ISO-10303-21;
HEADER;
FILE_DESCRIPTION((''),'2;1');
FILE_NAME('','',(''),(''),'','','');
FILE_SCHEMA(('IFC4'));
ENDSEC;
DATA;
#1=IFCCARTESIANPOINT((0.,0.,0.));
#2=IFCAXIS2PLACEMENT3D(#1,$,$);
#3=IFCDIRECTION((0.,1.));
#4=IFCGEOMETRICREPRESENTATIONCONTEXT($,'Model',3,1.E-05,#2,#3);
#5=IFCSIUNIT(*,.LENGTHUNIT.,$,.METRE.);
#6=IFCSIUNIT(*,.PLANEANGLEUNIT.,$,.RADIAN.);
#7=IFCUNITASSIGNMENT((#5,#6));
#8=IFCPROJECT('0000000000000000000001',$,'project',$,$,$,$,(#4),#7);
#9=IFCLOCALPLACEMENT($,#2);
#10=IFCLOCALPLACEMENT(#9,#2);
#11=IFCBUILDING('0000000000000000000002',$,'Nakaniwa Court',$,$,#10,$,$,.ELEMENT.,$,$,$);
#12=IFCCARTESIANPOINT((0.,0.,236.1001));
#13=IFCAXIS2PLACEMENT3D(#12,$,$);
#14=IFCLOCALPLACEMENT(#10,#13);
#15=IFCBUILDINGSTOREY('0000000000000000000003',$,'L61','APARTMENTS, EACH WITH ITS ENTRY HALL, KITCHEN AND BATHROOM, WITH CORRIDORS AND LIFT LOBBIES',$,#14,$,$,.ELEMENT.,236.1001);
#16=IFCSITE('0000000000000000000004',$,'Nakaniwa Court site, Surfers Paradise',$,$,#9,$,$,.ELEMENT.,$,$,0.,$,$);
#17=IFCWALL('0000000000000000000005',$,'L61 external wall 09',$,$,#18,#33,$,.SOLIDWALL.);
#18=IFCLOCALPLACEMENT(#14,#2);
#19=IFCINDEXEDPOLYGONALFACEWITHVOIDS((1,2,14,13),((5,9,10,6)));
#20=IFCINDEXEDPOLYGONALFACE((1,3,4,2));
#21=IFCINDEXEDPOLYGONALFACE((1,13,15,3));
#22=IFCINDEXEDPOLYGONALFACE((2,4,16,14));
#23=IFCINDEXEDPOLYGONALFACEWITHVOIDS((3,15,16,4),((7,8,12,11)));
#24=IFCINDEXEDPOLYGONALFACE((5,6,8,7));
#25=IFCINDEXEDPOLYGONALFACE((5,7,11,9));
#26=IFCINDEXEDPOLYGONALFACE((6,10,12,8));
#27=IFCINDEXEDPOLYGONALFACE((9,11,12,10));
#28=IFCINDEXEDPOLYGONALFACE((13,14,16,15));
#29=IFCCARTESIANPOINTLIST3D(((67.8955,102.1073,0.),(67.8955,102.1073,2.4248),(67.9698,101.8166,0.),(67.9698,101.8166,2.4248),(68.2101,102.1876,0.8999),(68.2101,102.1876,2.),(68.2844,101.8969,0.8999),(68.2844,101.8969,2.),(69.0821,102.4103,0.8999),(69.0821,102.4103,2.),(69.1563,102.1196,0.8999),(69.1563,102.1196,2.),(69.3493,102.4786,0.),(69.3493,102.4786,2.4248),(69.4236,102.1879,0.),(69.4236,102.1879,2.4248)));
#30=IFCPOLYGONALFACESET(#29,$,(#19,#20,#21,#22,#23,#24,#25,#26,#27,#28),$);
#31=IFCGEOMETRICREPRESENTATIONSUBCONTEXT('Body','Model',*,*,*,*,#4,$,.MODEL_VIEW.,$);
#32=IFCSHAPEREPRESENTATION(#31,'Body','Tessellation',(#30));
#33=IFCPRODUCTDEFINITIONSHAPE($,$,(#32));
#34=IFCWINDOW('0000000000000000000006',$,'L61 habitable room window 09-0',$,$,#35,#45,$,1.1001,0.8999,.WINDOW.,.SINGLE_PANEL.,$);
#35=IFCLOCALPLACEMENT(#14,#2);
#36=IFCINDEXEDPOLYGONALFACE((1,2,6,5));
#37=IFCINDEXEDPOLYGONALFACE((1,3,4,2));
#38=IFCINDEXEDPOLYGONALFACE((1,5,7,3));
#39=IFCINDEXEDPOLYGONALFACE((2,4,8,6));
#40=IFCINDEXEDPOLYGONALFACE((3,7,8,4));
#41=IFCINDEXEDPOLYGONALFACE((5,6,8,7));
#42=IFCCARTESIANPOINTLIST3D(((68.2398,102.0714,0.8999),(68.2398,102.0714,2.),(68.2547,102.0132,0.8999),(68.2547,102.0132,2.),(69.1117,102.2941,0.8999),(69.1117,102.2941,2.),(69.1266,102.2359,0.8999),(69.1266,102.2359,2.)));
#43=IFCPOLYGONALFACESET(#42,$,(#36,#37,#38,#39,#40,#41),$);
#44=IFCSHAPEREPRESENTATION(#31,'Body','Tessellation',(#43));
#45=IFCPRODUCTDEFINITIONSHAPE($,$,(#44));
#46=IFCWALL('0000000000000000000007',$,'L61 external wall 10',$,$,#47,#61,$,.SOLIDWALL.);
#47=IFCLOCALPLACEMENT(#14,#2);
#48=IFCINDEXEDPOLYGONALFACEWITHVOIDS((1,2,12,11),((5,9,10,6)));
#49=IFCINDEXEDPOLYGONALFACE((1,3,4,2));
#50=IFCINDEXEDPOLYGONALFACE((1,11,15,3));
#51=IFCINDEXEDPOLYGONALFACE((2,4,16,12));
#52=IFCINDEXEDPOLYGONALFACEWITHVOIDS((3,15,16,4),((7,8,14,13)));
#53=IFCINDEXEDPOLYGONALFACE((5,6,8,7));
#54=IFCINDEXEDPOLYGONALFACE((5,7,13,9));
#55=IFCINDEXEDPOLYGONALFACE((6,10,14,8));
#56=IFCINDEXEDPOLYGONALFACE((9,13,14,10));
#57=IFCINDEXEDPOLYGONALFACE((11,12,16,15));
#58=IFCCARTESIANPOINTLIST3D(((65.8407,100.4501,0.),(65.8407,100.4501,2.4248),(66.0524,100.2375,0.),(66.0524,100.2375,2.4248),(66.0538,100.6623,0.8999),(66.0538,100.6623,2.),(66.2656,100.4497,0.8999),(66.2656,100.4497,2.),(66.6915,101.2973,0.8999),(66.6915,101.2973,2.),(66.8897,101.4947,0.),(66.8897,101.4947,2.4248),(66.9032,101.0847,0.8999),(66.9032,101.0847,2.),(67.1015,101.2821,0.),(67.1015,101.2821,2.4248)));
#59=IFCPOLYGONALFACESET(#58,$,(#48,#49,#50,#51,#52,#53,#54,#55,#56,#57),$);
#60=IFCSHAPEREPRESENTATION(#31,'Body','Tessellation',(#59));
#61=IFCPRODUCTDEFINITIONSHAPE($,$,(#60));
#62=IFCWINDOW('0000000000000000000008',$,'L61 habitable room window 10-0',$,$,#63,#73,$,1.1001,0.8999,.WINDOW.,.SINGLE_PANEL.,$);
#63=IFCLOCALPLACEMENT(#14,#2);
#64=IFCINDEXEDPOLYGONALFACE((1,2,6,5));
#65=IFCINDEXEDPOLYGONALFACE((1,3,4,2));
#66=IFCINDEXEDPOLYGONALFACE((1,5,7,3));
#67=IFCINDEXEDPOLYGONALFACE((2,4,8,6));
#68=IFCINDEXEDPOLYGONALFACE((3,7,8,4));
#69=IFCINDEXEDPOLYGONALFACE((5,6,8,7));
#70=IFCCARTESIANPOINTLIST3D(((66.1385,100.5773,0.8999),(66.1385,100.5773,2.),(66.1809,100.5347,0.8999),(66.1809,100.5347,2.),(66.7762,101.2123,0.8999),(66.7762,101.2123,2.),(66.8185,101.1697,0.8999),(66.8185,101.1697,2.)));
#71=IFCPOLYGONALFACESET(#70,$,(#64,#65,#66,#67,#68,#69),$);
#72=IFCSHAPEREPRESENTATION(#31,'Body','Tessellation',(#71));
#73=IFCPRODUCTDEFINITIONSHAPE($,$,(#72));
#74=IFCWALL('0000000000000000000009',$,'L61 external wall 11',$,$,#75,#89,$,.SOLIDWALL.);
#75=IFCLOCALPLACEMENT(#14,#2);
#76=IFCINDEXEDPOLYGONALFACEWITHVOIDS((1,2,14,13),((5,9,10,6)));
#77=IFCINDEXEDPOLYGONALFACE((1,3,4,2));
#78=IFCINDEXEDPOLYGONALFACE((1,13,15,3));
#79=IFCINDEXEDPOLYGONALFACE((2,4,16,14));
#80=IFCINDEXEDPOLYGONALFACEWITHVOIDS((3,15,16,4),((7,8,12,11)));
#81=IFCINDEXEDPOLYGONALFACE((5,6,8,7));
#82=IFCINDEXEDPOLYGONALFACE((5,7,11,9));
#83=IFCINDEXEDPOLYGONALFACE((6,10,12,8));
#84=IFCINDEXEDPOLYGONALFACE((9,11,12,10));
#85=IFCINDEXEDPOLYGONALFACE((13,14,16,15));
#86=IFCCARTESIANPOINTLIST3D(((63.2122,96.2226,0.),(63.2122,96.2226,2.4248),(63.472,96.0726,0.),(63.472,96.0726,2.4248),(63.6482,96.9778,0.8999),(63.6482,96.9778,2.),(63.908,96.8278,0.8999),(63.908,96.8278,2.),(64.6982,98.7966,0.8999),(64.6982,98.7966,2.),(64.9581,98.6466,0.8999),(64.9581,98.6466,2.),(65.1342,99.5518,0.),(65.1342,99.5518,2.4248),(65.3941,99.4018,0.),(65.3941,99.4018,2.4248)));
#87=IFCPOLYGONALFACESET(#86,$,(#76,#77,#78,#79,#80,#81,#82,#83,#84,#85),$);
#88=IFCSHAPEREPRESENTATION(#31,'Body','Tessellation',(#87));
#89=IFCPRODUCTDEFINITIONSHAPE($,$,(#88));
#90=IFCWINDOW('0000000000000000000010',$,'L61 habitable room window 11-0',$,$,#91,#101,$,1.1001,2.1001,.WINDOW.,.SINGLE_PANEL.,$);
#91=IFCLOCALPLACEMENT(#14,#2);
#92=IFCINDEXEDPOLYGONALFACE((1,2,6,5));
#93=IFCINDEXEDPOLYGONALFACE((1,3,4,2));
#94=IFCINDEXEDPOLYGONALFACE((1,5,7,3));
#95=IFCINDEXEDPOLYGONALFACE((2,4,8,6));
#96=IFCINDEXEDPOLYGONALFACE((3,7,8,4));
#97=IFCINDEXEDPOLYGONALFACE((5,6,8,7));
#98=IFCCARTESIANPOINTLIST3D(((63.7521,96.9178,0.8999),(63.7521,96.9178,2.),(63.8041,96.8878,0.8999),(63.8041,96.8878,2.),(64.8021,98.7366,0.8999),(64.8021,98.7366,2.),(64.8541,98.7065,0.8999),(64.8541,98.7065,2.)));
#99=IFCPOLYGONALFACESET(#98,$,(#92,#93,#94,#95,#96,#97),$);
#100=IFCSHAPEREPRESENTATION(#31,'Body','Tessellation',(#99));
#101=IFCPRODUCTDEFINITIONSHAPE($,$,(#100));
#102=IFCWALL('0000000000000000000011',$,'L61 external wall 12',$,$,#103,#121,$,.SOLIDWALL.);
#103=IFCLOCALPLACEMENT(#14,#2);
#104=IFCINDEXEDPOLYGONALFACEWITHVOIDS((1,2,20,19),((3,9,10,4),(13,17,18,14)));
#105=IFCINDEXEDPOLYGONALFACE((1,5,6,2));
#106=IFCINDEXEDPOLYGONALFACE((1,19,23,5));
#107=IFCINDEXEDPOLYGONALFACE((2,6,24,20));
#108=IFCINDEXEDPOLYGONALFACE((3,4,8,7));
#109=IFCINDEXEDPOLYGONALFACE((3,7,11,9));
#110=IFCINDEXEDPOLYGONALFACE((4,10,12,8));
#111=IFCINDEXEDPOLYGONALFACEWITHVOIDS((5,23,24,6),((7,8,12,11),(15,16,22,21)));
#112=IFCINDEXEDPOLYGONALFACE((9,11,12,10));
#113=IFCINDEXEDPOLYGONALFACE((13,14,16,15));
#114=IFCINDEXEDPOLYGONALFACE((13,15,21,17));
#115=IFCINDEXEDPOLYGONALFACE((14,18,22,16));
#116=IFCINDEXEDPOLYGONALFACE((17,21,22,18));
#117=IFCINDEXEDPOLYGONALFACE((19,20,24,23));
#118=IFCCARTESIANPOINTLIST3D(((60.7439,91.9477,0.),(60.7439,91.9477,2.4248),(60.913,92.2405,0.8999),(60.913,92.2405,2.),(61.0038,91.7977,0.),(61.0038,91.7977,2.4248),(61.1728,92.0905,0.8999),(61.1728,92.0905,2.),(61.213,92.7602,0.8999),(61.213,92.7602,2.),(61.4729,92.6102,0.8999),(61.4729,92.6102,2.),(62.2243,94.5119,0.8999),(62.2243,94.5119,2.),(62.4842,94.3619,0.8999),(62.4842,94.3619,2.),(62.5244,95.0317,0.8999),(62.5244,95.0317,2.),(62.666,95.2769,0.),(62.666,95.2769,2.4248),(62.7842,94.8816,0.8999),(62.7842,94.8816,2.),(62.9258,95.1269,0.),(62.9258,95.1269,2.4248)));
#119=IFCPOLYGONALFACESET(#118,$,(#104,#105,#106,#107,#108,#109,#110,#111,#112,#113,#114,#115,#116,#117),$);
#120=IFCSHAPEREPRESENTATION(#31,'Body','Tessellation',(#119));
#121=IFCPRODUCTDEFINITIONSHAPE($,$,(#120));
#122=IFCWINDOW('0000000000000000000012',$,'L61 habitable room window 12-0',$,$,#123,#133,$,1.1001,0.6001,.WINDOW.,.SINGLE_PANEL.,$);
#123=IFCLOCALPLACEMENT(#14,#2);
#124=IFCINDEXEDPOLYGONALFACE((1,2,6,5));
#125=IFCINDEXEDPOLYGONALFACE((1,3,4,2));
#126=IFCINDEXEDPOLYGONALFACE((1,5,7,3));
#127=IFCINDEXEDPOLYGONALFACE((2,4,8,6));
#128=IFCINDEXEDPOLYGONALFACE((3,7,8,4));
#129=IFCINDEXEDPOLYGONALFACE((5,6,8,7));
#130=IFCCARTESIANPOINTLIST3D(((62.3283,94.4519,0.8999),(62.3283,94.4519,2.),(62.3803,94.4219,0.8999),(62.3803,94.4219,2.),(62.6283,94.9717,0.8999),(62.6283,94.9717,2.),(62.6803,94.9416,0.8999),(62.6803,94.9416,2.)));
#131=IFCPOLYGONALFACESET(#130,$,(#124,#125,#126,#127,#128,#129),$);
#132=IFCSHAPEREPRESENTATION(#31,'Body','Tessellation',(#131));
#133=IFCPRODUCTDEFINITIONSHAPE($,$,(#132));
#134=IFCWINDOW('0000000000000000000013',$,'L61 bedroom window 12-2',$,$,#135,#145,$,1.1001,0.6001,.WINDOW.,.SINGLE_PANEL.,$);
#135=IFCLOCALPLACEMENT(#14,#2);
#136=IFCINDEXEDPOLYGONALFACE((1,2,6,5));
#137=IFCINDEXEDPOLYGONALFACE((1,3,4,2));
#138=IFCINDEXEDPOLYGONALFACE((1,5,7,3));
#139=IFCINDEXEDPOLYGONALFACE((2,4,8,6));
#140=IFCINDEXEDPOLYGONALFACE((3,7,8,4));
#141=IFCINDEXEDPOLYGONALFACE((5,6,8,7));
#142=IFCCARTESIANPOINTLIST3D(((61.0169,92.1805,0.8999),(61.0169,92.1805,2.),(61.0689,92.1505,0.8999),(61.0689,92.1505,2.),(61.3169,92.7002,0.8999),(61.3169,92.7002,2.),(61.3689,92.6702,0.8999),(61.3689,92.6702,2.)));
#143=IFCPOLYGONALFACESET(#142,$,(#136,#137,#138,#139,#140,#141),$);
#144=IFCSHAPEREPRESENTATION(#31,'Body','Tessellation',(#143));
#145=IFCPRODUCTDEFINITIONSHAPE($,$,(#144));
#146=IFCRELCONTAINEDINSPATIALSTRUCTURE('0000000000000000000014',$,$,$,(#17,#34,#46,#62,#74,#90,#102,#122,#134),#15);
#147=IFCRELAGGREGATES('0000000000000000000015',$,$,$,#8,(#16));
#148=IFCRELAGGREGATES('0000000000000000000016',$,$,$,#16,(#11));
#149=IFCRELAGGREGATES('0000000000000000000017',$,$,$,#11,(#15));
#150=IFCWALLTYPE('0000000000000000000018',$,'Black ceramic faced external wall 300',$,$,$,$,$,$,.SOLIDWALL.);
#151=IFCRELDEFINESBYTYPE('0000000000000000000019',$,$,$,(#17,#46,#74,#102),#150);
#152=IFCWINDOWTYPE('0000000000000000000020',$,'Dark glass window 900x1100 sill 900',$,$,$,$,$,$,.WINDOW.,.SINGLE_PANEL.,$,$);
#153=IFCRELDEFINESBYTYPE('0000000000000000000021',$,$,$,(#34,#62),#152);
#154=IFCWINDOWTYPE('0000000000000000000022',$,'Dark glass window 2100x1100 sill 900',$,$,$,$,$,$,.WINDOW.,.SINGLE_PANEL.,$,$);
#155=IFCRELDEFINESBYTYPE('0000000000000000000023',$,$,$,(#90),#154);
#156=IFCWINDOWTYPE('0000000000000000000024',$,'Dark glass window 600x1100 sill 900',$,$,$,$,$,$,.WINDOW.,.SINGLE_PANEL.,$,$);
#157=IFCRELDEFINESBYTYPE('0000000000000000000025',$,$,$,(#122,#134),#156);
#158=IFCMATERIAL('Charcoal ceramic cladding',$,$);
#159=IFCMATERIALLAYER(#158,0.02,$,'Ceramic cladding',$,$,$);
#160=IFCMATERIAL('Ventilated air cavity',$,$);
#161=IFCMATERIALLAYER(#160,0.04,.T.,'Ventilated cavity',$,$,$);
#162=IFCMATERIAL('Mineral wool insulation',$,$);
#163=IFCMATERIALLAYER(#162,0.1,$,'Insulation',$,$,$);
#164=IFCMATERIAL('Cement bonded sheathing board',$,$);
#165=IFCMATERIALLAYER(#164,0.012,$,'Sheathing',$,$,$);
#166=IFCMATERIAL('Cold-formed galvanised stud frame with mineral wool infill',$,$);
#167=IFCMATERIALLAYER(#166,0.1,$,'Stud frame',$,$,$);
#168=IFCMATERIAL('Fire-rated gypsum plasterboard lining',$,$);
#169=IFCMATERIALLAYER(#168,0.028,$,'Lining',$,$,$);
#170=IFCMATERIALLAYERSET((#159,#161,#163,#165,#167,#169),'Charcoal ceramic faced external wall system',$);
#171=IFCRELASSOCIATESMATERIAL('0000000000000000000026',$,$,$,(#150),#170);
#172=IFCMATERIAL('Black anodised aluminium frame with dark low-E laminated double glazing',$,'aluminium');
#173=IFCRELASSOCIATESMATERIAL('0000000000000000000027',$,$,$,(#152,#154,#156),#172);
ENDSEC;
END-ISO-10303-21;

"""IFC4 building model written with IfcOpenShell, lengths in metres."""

from ifc_helpers import new_model, si_unit, direction, frame, frame_2d, origin, place, context, subcontext, project, spatial, rectangle, extrude, material, layer, layer_set, type_object, element, fill, save


model = new_model("IFC4")

# Units and contexts
model_context = context("Model", 3, precision=1e-05, world=origin(), true_north=direction((0.0, 1.0)))
body_context = subcontext(model_context, "Body", "Model", "MODEL_VIEW")
ifc_project = project(units=[si_unit("LENGTHUNIT", "METRE"), si_unit("PLANEANGLEUNIT", "RADIAN")], contexts=[model_context])

# Site, building, storey
site_placement = place(None, origin())
site = spatial("IfcSite", under=ifc_project, at=site_placement, Name="Nakaniwa Court site, Surfers Paradise", CompositionType="ELEMENT", RefElevation=0.0)
building_placement = place(site_placement, origin())
building = spatial("IfcBuilding", under=site, at=building_placement, Name="Nakaniwa Court", CompositionType="ELEMENT")
storey_placement = place(building_placement, frame((0.0, 0.0, 236.1001)))
storey = spatial("IfcBuildingStorey", under=building, at=storey_placement, Name="L61", Description="APARTMENTS, EACH WITH ITS ENTRY HALL, KITCHEN AND BATHROOM, WITH CORRIDORS AND LIFT LOBBIES", CompositionType="ELEMENT", Elevation=236.1001)

# Walls, openings, windows
ifc_material_1 = material(Name="Charcoal ceramic cladding")
ifc_layer_1 = layer(ifc_material_1, 0.02, Name="Ceramic cladding")
ifc_material_2 = material(Name="Ventilated air cavity")
ifc_layer_2 = layer(ifc_material_2, 0.04, ventilated=True, Name="Ventilated cavity")
ifc_material_3 = material(Name="Mineral wool insulation")
ifc_layer_3 = layer(ifc_material_3, 0.1, Name="Insulation")
ifc_material_4 = material(Name="Cement bonded sheathing board")
ifc_layer_4 = layer(ifc_material_4, 0.012, Name="Sheathing")
ifc_material_5 = material(Name="Cold-formed galvanised stud frame with mineral wool infill")
ifc_layer_5 = layer(ifc_material_5, 0.1, Name="Stud frame")
ifc_material_6 = material(Name="Fire-rated gypsum plasterboard lining")
ifc_layer_6 = layer(ifc_material_6, 0.028, Name="Lining")
ifc_layer_set_1 = layer_set([ifc_layer_1, ifc_layer_2, ifc_layer_3, ifc_layer_4, ifc_layer_5, ifc_layer_6], Name="Charcoal ceramic faced external wall system")
wall_type_1 = type_object("IfcWallType", Name="Black ceramic faced external wall 300", PredefinedType="SOLIDWALL", material=ifc_layer_set_1)
wall_1_placement = place(storey_placement, frame((69.3865, 102.3333, 0.0), z_axis=(0.0, 0.0, 1.0), x_axis=(-0.968895, -0.247471, 0.0)))
wall_1 = element("IfcWall", 1, at=wall_1_placement, inside=storey, type_object=wall_type_1, Name="L61 external wall 09", PredefinedType="SOLIDWALL", context=body_context, shape_type="SweptSolid", body=[
    extrude(rectangle(XDim=1.5005, YDim=0.3, at=frame_2d((0.7502, 0.0))), origin(), (0.0, 0.0, 1.0), 2.4248),
])
opening_1_placement = place(wall_1_placement, frame((0.2759, 0.0, 0.8999)))
opening_1 = element("IfcOpeningElement", 2, at=opening_1_placement, cuts=wall_1, PredefinedType="OPENING", context=body_context, shape_type="SweptSolid", body=[
    extrude(rectangle(XDim=0.8999, YDim=1.1001, at=frame_2d((0.45, 0.55))), frame((0.0, 0.1599, 0.0), z_axis=(0.0, -1.0, 0.0), x_axis=(1.0, 0.0, 0.0)), (0.0, 0.0, 1.0), 0.3201),
])
ifc_material_7 = material(Name="Black anodised aluminium frame with dark low-E laminated double glazing", Category="aluminium")
window_type_1 = type_object("IfcWindowType", Name="Dark glass window 900x1100 sill 900", PartitioningType="SINGLE_PANEL", PredefinedType="WINDOW", material=ifc_material_7)
window_1_placement = place(opening_1_placement, origin())
window_1 = element("IfcWindow", 3, at=window_1_placement, inside=storey, type_object=window_type_1, Name="L61 habitable room window 09-0", OverallHeight=1.1001, OverallWidth=0.8999, PartitioningType="SINGLE_PANEL", PredefinedType="WINDOW", context=body_context, shape_type="SweptSolid", body=[
    extrude(rectangle(XDim=0.8999, YDim=1.1001, at=frame_2d((0.45, 0.55))), frame((0.0, 0.03, 0.0), z_axis=(0.0, -1.0, 0.0), x_axis=(1.0, 0.0, 0.0)), (0.0, 0.0, 1.0), 0.0601),
])
fill(opening_1, window_1)
wall_2_placement = place(storey_placement, frame((66.9956, 101.3884, 0.0), z_axis=(0.0, 0.0, 1.0), x_axis=(-0.708589, -0.705621, 0.0)))
wall_2 = element("IfcWall", 4, at=wall_2_placement, inside=storey, type_object=wall_type_1, Name="L61 external wall 10", PredefinedType="SOLIDWALL", context=body_context, shape_type="SweptSolid", body=[
    extrude(rectangle(XDim=1.4805, YDim=0.3, at=frame_2d((0.7402, 0.0))), origin(), (0.0, 0.0, 1.0), 2.4248),
])
opening_2_placement = place(wall_2_placement, frame((0.2798, 0.0, 0.8999)))
opening_2 = element("IfcOpeningElement", 5, at=opening_2_placement, cuts=wall_2, PredefinedType="OPENING", context=body_context, shape_type="SweptSolid", body=[
    extrude(rectangle(XDim=0.8999, YDim=1.1001, at=frame_2d((0.45, 0.55))), frame((0.0, 0.1599, 0.0), z_axis=(0.0, -1.0, 0.0), x_axis=(1.0, 0.0, 0.0)), (0.0, 0.0, 1.0), 0.3201),
])
window_2_placement = place(opening_2_placement, origin())
window_2 = element("IfcWindow", 6, at=window_2_placement, inside=storey, type_object=window_type_1, Name="L61 habitable room window 10-0", OverallHeight=1.1001, OverallWidth=0.8999, PartitioningType="SINGLE_PANEL", PredefinedType="WINDOW", context=body_context, shape_type="SweptSolid", body=[
    extrude(rectangle(XDim=0.8999, YDim=1.1001, at=frame_2d((0.45, 0.55))), frame((0.0, 0.03, 0.0), z_axis=(0.0, -1.0, 0.0), x_axis=(1.0, 0.0, 0.0)), (0.0, 0.0, 1.0), 0.0601),
])
fill(opening_2, window_2)
wall_3_placement = place(storey_placement, frame((65.2642, 99.4768, 0.0), z_axis=(0.0, 0.0, 1.0), x_axis=(-0.499984, -0.866034, 0.0)))
wall_3 = element("IfcWall", 7, at=wall_3_placement, inside=storey, type_object=wall_type_1, Name="L61 external wall 11", PredefinedType="SOLIDWALL", context=body_context, shape_type="SweptSolid", body=[
    extrude(rectangle(XDim=3.8442, YDim=0.3, at=frame_2d((1.9221, 0.0))), origin(), (0.0, 0.0, 1.0), 2.4248),
])
opening_3_placement = place(wall_3_placement, frame((0.8721, 0.0, 0.8999)))
opening_3 = element("IfcOpeningElement", 8, at=opening_3_placement, cuts=wall_3, PredefinedType="OPENING", context=body_context, shape_type="SweptSolid", body=[
    extrude(rectangle(XDim=2.1001, YDim=1.1001, at=frame_2d((1.05, 0.55))), frame((0.0, 0.1599, 0.0), z_axis=(0.0, -1.0, 0.0), x_axis=(1.0, 0.0, 0.0)), (0.0, 0.0, 1.0), 0.3201),
])
window_type_2 = type_object("IfcWindowType", Name="Dark glass window 2100x1100 sill 900", PartitioningType="SINGLE_PANEL", PredefinedType="WINDOW", material=ifc_material_7)
window_3_placement = place(opening_3_placement, origin())
window_3 = element("IfcWindow", 9, at=window_3_placement, inside=storey, type_object=window_type_2, Name="L61 habitable room window 11-0", OverallHeight=1.1001, OverallWidth=2.1001, PartitioningType="SINGLE_PANEL", PredefinedType="WINDOW", context=body_context, shape_type="SweptSolid", body=[
    extrude(rectangle(XDim=2.1001, YDim=1.1001, at=frame_2d((1.05, 0.55))), frame((0.0, 0.03, 0.0), z_axis=(0.0, -1.0, 0.0), x_axis=(1.0, 0.0, 0.0)), (0.0, 0.0, 1.0), 0.0601),
])
fill(opening_3, window_3)

# Wall, openings, windows
wall_4_placement = place(storey_placement, frame((62.7959, 95.2019, 0.0), z_axis=(0.0, 0.0, 1.0), x_axis=(-0.499984, -0.866034, 0.0)))
wall_4 = element("IfcWall", 10, at=wall_4_placement, inside=storey, type_object=wall_type_1, Name="L61 external wall 12", PredefinedType="SOLIDWALL", context=body_context, shape_type="SweptSolid", body=[
    extrude(rectangle(XDim=3.8442, YDim=0.3, at=frame_2d((1.9221, 0.0))), origin(), (0.0, 0.0, 1.0), 2.4248),
])
opening_4_placement = place(wall_4_placement, frame((0.2832, 0.0, 0.8999)))
opening_4 = element("IfcOpeningElement", 11, at=opening_4_placement, cuts=wall_4, PredefinedType="OPENING", context=body_context, shape_type="SweptSolid", body=[
    extrude(rectangle(XDim=0.6001, YDim=1.1001, at=frame_2d((0.3, 0.55))), frame((0.0, 0.1599, 0.0), z_axis=(0.0, -1.0, 0.0), x_axis=(1.0, 0.0, 0.0)), (0.0, 0.0, 1.0), 0.3201),
])
opening_5_placement = place(wall_4_placement, frame((2.906, 0.0, 0.8999)))
opening_5 = element("IfcOpeningElement", 12, at=opening_5_placement, cuts=wall_4, PredefinedType="OPENING", context=body_context, shape_type="SweptSolid", body=[
    extrude(rectangle(XDim=0.6001, YDim=1.1001, at=frame_2d((0.3, 0.55))), frame((0.0, 0.1599, 0.0), z_axis=(0.0, -1.0, 0.0), x_axis=(1.0, 0.0, 0.0)), (0.0, 0.0, 1.0), 0.3201),
])
window_type_3 = type_object("IfcWindowType", Name="Dark glass window 600x1100 sill 900", PartitioningType="SINGLE_PANEL", PredefinedType="WINDOW", material=ifc_material_7)
window_4_placement = place(opening_4_placement, origin())
window_4 = element("IfcWindow", 13, at=window_4_placement, inside=storey, type_object=window_type_3, Name="L61 habitable room window 12-0", OverallHeight=1.1001, OverallWidth=0.6001, PartitioningType="SINGLE_PANEL", PredefinedType="WINDOW", context=body_context, shape_type="SweptSolid", body=[
    extrude(rectangle(XDim=0.6001, YDim=1.1001, at=frame_2d((0.3, 0.55))), frame((0.0, 0.03, 0.0), z_axis=(0.0, -1.0, 0.0), x_axis=(1.0, 0.0, 0.0)), (0.0, 0.0, 1.0), 0.0601),
])
fill(opening_4, window_4)
window_5_placement = place(opening_5_placement, origin())
window_5 = element("IfcWindow", 14, at=window_5_placement, inside=storey, type_object=window_type_3, Name="L61 bedroom window 12-2", OverallHeight=1.1001, OverallWidth=0.6001, PartitioningType="SINGLE_PANEL", PredefinedType="WINDOW", context=body_context, shape_type="SweptSolid", body=[
    extrude(rectangle(XDim=0.6001, YDim=1.1001, at=frame_2d((0.3, 0.55))), frame((0.0, 0.03, 0.0), z_axis=(0.0, -1.0, 0.0), x_axis=(1.0, 0.0, 0.0)), (0.0, 0.0, 1.0), 0.0601),
])
fill(opening_5, window_5)

save(model, "model.ifc")
